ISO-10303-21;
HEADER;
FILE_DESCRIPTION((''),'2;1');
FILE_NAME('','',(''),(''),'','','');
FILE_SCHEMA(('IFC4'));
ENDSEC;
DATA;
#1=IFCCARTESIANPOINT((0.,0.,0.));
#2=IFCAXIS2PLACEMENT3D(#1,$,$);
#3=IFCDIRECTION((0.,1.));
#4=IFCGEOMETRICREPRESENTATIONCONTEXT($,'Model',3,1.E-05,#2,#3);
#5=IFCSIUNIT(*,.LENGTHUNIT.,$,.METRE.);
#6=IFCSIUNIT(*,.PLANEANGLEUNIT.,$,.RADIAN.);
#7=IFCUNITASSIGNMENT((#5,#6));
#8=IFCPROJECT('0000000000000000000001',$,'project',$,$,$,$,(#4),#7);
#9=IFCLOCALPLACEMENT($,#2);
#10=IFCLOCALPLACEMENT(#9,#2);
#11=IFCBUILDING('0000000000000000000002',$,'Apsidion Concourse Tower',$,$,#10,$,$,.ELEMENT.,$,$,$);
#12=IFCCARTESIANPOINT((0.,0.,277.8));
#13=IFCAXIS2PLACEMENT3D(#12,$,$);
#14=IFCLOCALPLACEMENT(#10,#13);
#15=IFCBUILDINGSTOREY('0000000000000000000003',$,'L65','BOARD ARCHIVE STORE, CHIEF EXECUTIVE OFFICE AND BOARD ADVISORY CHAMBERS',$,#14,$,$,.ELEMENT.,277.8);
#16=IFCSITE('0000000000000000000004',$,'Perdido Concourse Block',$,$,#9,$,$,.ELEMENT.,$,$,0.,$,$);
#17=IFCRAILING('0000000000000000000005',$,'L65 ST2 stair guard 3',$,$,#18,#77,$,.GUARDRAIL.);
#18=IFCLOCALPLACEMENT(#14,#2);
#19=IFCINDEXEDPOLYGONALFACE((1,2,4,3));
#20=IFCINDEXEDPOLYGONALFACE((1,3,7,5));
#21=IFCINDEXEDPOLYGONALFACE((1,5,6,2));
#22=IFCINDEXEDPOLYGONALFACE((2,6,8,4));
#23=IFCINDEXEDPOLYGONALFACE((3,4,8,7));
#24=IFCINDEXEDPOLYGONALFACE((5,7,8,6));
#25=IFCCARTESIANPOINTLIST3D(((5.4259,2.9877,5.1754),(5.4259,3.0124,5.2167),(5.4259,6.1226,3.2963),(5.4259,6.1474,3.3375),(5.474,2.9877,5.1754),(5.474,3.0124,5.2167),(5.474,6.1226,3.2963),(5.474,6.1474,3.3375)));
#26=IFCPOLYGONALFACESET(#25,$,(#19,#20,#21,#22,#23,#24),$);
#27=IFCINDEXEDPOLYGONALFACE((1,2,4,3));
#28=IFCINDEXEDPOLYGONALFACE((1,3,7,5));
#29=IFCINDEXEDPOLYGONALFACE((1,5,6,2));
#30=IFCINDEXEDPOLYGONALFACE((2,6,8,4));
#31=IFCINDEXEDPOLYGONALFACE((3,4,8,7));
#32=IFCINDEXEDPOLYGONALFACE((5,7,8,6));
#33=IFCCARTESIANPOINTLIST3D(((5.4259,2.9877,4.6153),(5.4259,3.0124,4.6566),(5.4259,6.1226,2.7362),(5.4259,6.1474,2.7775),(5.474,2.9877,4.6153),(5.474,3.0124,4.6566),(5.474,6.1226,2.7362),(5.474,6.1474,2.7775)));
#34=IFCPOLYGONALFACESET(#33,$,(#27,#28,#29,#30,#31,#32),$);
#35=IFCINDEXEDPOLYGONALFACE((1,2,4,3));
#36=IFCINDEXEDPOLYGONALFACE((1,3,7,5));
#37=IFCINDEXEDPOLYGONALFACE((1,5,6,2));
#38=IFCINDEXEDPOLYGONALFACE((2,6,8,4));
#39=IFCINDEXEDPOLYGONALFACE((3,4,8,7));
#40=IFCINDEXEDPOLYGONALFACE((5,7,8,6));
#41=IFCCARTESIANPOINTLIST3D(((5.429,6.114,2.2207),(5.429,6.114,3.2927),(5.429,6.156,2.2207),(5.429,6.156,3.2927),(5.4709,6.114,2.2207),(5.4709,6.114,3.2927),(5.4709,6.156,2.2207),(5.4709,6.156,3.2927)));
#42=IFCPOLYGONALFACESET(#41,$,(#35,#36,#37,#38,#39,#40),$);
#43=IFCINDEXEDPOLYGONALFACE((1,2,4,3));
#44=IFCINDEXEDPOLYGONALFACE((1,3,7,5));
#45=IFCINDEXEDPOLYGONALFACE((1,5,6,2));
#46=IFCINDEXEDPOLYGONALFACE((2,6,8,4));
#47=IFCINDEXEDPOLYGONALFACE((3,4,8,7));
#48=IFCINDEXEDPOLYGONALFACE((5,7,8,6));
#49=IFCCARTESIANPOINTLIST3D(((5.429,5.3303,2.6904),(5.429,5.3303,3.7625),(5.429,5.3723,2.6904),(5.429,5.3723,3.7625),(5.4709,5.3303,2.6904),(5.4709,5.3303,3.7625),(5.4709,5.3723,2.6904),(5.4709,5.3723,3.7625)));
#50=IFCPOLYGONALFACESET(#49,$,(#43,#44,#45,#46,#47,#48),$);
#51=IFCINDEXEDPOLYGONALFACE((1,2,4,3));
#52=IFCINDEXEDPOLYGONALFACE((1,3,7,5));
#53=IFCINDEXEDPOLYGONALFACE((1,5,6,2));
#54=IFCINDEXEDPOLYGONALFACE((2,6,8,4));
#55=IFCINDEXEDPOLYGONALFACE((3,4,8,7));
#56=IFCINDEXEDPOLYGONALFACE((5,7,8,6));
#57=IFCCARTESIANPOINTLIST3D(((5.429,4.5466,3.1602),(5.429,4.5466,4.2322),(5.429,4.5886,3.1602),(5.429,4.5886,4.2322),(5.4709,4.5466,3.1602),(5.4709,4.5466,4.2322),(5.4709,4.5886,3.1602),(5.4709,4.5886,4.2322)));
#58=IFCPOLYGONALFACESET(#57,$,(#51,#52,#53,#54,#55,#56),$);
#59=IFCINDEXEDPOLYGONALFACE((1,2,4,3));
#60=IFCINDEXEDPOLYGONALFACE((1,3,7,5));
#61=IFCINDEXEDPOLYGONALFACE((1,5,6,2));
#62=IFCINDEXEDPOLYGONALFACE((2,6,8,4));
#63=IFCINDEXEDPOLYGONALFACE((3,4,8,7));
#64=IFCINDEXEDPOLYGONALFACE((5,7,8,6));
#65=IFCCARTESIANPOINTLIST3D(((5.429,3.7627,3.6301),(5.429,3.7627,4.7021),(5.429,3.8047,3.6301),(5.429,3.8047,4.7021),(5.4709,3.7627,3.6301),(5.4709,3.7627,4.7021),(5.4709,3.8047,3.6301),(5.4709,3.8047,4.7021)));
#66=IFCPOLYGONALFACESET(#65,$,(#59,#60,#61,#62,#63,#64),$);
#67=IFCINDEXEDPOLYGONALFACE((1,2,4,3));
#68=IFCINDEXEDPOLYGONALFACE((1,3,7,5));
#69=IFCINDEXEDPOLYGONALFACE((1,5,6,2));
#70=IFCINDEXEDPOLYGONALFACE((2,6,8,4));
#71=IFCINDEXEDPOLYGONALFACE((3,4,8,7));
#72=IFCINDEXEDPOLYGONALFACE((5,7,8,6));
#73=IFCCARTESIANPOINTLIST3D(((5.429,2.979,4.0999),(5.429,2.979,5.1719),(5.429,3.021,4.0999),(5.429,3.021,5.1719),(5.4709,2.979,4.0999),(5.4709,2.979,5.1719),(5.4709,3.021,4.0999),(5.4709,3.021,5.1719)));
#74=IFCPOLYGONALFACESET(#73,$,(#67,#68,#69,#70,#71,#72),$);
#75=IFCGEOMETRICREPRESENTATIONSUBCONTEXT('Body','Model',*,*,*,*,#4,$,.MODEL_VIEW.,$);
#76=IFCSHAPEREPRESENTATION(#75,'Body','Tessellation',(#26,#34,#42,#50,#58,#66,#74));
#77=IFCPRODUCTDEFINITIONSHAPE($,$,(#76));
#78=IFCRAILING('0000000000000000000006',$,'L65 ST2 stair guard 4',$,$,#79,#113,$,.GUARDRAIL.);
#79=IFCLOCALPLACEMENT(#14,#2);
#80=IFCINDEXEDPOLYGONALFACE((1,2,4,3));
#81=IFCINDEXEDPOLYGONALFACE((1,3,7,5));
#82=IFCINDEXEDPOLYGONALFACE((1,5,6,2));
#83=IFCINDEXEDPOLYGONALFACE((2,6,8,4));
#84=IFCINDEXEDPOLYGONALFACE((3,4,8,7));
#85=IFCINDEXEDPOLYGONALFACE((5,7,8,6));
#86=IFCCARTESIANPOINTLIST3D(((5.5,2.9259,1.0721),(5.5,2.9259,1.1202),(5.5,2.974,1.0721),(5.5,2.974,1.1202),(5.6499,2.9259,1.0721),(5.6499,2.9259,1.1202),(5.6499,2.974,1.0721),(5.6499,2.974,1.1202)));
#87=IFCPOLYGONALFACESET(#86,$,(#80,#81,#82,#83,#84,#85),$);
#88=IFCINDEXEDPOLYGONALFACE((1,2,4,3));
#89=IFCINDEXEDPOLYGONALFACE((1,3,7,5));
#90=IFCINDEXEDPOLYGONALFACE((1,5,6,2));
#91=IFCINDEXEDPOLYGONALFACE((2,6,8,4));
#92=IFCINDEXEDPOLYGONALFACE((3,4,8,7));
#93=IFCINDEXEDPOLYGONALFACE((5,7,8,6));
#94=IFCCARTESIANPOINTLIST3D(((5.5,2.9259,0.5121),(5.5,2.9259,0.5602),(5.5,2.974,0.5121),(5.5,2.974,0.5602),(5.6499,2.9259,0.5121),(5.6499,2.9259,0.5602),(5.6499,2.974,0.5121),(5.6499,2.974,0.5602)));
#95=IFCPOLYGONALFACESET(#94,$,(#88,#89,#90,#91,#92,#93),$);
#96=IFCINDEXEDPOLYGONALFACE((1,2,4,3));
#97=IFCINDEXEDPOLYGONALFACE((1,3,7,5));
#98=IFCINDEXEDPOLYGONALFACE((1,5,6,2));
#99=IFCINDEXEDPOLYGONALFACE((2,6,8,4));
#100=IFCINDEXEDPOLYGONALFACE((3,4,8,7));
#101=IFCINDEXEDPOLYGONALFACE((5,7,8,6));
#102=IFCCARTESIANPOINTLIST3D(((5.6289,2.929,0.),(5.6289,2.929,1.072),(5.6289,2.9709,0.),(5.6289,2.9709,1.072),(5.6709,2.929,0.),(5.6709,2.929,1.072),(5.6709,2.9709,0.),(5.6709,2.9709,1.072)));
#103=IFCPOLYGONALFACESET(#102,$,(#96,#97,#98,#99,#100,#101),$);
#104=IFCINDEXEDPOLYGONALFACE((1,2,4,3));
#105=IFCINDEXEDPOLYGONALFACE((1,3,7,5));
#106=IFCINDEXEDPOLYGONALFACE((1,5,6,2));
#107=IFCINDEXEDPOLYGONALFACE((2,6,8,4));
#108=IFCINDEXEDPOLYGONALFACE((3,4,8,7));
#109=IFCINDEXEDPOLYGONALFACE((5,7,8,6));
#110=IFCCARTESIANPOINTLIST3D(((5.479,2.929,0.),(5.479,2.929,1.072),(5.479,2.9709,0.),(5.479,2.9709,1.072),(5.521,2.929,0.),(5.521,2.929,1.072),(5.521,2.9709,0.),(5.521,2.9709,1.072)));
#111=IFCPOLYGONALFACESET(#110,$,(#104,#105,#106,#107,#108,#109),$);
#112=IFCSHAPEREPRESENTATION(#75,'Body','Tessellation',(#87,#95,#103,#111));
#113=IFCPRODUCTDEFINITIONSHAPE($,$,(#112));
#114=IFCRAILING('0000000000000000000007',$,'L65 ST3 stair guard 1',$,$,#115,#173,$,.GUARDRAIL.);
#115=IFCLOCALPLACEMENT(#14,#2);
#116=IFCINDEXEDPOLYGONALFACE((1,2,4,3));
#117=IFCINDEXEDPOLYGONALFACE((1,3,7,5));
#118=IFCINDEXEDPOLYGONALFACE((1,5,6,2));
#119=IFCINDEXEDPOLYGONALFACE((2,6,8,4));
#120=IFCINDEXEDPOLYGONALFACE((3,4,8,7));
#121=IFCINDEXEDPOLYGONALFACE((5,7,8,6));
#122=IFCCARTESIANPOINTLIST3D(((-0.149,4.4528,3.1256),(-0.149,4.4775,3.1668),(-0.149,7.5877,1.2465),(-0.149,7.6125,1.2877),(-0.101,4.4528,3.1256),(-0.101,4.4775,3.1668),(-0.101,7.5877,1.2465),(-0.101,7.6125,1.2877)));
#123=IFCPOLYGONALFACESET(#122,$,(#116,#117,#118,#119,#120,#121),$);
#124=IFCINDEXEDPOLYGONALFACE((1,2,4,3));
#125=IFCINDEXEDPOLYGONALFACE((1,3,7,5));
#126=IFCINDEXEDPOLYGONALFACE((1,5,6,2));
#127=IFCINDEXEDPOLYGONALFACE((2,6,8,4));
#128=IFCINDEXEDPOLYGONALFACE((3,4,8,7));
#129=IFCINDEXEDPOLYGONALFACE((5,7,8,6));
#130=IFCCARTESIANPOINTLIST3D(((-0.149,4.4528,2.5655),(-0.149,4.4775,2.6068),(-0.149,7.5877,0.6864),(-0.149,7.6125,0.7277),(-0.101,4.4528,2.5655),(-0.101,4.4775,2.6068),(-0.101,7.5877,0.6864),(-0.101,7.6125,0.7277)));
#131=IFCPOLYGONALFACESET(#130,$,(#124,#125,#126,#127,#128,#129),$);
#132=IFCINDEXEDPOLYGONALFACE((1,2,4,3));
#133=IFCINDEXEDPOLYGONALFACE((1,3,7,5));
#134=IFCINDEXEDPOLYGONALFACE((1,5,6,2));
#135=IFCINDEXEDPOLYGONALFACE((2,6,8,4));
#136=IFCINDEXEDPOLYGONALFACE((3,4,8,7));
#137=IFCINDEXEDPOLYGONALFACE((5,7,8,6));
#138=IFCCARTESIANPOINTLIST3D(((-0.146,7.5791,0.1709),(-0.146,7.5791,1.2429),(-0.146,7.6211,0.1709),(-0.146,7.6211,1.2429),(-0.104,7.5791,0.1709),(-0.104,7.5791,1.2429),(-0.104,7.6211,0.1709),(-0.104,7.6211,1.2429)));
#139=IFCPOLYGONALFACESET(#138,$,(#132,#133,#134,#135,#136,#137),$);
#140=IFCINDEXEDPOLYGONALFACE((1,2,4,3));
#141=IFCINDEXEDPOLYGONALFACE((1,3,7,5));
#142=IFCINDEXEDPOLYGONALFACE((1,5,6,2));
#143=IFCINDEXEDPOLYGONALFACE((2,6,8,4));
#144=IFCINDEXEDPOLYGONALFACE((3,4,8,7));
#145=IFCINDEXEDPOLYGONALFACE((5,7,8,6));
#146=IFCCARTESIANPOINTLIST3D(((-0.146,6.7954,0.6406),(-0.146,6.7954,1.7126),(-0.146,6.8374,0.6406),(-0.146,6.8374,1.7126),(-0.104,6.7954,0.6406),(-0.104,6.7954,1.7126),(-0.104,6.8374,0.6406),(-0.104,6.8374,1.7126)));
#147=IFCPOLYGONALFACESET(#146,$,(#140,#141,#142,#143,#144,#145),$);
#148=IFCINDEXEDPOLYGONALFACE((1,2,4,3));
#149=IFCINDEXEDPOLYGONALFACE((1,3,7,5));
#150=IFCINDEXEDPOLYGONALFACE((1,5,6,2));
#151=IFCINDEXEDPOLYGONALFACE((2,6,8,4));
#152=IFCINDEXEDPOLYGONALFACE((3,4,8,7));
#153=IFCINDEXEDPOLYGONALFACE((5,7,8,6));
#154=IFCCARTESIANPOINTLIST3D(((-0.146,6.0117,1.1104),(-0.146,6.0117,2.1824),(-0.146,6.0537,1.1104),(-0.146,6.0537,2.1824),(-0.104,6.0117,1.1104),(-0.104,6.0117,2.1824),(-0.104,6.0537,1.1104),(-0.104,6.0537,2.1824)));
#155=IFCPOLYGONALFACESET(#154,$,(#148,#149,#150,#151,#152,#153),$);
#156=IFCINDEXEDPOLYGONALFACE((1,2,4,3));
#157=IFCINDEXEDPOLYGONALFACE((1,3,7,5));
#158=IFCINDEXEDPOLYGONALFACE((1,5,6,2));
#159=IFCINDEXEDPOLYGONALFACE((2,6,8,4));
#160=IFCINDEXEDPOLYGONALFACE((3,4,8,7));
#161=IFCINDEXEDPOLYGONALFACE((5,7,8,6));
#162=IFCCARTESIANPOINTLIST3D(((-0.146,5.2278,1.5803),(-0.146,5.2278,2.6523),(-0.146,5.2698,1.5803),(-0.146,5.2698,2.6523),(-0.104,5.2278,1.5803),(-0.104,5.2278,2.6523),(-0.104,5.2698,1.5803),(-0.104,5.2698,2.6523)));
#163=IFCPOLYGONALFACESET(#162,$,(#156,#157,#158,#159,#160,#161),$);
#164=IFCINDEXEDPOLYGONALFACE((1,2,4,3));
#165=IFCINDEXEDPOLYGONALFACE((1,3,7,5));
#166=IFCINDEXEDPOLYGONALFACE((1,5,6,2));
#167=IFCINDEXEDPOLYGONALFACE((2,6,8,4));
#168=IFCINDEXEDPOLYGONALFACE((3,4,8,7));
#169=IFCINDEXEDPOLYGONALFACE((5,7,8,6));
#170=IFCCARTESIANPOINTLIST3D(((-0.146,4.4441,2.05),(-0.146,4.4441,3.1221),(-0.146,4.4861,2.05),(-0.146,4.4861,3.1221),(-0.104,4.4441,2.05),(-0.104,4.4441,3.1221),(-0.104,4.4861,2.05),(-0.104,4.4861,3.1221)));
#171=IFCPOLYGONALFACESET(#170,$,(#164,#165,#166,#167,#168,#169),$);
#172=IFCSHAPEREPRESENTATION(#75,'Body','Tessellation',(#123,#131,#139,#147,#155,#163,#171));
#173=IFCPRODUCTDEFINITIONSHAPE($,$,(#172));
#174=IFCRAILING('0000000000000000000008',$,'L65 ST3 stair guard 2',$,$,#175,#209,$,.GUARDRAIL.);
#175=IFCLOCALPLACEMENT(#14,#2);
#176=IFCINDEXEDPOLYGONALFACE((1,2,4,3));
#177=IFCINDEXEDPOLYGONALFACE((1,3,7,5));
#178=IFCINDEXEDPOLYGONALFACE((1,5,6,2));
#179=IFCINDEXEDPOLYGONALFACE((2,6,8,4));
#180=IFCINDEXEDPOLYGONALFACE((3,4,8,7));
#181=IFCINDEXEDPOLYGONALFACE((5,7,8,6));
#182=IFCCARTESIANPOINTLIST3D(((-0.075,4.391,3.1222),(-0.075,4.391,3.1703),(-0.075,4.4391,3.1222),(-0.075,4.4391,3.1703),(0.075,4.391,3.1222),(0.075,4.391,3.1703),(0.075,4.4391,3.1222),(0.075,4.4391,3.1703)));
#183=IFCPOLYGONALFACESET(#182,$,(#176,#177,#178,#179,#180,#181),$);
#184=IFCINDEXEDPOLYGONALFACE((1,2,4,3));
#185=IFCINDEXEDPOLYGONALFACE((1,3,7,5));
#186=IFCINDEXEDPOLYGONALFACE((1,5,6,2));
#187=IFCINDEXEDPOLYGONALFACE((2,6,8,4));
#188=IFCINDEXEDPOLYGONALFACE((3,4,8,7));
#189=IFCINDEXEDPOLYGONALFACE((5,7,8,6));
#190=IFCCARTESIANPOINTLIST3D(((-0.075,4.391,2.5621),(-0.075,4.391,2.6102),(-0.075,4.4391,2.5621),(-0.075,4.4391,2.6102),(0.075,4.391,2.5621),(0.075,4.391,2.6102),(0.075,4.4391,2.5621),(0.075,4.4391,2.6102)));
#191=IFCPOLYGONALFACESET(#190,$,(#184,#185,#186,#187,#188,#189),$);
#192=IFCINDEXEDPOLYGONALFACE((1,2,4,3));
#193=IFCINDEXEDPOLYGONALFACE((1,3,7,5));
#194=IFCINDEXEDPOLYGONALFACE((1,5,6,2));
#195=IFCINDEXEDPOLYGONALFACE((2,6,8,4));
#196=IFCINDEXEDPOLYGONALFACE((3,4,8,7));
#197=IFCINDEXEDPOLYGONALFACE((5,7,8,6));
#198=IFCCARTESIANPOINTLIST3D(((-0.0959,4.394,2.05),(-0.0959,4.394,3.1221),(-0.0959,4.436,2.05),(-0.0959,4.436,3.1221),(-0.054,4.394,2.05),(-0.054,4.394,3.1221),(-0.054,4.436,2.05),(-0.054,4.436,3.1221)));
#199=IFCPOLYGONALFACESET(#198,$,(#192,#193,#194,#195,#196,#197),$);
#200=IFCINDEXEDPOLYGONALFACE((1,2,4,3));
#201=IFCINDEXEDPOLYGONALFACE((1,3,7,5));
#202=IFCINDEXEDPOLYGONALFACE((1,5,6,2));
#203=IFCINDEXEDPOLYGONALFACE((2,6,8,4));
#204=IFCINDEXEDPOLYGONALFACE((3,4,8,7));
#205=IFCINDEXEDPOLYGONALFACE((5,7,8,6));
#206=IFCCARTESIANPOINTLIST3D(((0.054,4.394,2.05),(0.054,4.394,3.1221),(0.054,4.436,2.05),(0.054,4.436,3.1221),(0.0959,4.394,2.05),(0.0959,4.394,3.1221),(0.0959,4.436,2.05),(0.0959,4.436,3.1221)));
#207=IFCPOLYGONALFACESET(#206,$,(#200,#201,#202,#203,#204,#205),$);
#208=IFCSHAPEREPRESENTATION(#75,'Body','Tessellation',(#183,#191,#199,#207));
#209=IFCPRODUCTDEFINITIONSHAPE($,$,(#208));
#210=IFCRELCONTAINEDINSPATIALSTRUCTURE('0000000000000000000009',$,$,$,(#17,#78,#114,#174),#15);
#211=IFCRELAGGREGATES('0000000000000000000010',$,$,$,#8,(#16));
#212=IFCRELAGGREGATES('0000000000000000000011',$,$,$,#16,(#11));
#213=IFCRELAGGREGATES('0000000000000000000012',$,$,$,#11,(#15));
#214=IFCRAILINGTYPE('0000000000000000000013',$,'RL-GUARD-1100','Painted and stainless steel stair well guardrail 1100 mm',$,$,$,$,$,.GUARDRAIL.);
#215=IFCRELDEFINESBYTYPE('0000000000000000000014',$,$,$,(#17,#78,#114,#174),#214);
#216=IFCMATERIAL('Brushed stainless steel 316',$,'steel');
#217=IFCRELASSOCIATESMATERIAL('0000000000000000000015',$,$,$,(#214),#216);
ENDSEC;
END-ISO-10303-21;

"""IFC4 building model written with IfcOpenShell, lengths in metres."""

from ifc_helpers import new_model, si_unit, direction, frame, origin, origin_2d, place, context, subcontext, project, spatial, rectangle, extrude, material, type_object, element, save


model = new_model("IFC4")

# Units and contexts
model_context = context("Model", 3, precision=1e-05, world=origin(), true_north=direction((0.0, 1.0)))
body_context = subcontext(model_context, "Body", "Model", "MODEL_VIEW")
ifc_project = project(units=[si_unit("LENGTHUNIT", "METRE"), si_unit("PLANEANGLEUNIT", "RADIAN")], contexts=[model_context])

# Site, building, storey
site_placement = place(None, origin())
site = spatial("IfcSite", under=ifc_project, at=site_placement, Name="Perdido Concourse Block", CompositionType="ELEMENT", RefElevation=0.0)
building_placement = place(site_placement, origin())
building = spatial("IfcBuilding", under=site, at=building_placement, Name="Apsidion Concourse Tower", CompositionType="ELEMENT")
storey_placement = place(building_placement, frame((0.0, 0.0, 277.8)))
storey = spatial("IfcBuildingStorey", under=building, at=storey_placement, Name="L65", Description="BOARD ARCHIVE STORE, CHIEF EXECUTIVE OFFICE AND BOARD ADVISORY CHAMBERS", CompositionType="ELEMENT", Elevation=277.8)

# Railings
ifc_material_1 = material(Name="Brushed stainless steel 316", Category="steel")
railing_type_1 = type_object("IfcRailingType", Name="RL-GUARD-1100", Description="Painted and stainless steel stair well guardrail 1100 mm", PredefinedType="GUARDRAIL", material=ifc_material_1)
railing_1_placement = place(storey_placement, frame((5.45, 6.135, 2.2207)))
element("IfcRailing", 1, at=railing_1_placement, inside=storey, type_object=railing_type_1, Name="L65 ST2 stair guard 3", PredefinedType="GUARDRAIL", context=body_context, shape_type="SweptSolid", body=[
    extrude(rectangle(XDim=0.0481, YDim=0.0481, at=origin_2d()), frame((0.0, 0.0, 1.0962), z_axis=(0.0, -0.857717, 0.514122), x_axis=(1.0, 0.0, 0.0)), (0.0, 0.0, 1.0), 3.655),
    extrude(rectangle(XDim=0.0481, YDim=0.0481, at=origin_2d()), frame((0.0, 0.0, 0.5361), z_axis=(0.0, -0.857717, 0.514122), x_axis=(1.0, 0.0, 0.0)), (0.0, 0.0, 1.0), 3.655),
    extrude(rectangle(XDim=0.042, YDim=0.042, at=origin_2d()), origin(), (0.0, 0.0, 1.0), 1.072),
    extrude(rectangle(XDim=0.042, YDim=0.042, at=origin_2d()), frame((0.0, -0.7837, 0.4697)), (0.0, 0.0, 1.0), 1.072),
    extrude(rectangle(XDim=0.042, YDim=0.042, at=origin_2d()), frame((0.0, -1.5674, 0.9395)), (0.0, 0.0, 1.0), 1.072),
    extrude(rectangle(XDim=0.042, YDim=0.042, at=origin_2d()), frame((0.0, -2.3513, 1.4094)), (0.0, 0.0, 1.0), 1.072),
    extrude(rectangle(XDim=0.042, YDim=0.042, at=origin_2d()), frame((0.0, -3.135, 1.8792)), (0.0, 0.0, 1.0), 1.072),
])
railing_2_placement = place(storey_placement, frame((5.6499, 2.95, 0.0)))
element("IfcRailing", 2, at=railing_2_placement, inside=storey, type_object=railing_type_1, Name="L65 ST2 stair guard 4", PredefinedType="GUARDRAIL", context=body_context, shape_type="SweptSolid", body=[
    extrude(rectangle(XDim=0.0481, YDim=0.0481, at=origin_2d()), frame((0.0, 0.0, 1.0962), z_axis=(-1.0, 0.0, 0.0), x_axis=(0.0, -1.0, 0.0)), (0.0, 0.0, 1.0), 0.1499),
    extrude(rectangle(XDim=0.0481, YDim=0.0481, at=origin_2d()), frame((0.0, 0.0, 0.5361), z_axis=(-1.0, 0.0, 0.0), x_axis=(0.0, -1.0, 0.0)), (0.0, 0.0, 1.0), 0.1499),
    extrude(rectangle(XDim=0.042, YDim=0.042, at=origin_2d()), origin(), (0.0, 0.0, 1.0), 1.072),
    extrude(rectangle(XDim=0.042, YDim=0.042, at=origin_2d()), frame((-0.1499, 0.0, 0.0)), (0.0, 0.0, 1.0), 1.072),
])
railing_3_placement = place(storey_placement, frame((-0.125, 7.6001, 0.1709)))
element("IfcRailing", 3, at=railing_3_placement, inside=storey, type_object=railing_type_1, Name="L65 ST3 stair guard 1", PredefinedType="GUARDRAIL", context=body_context, shape_type="SweptSolid", body=[
    extrude(rectangle(XDim=0.0481, YDim=0.0481, at=origin_2d()), frame((0.0, 0.0, 1.0962), z_axis=(0.0, -0.857717, 0.514122), x_axis=(1.0, 0.0, 0.0)), (0.0, 0.0, 1.0), 3.655),
    extrude(rectangle(XDim=0.0481, YDim=0.0481, at=origin_2d()), frame((0.0, 0.0, 0.5361), z_axis=(0.0, -0.857717, 0.514122), x_axis=(1.0, 0.0, 0.0)), (0.0, 0.0, 1.0), 3.655),
    extrude(rectangle(XDim=0.042, YDim=0.042, at=origin_2d()), origin(), (0.0, 0.0, 1.0), 1.072),
    extrude(rectangle(XDim=0.042, YDim=0.042, at=origin_2d()), frame((0.0, -0.7837, 0.4697)), (0.0, 0.0, 1.0), 1.072),
    extrude(rectangle(XDim=0.042, YDim=0.042, at=origin_2d()), frame((0.0, -1.5674, 0.9395)), (0.0, 0.0, 1.0), 1.072),
    extrude(rectangle(XDim=0.042, YDim=0.042, at=origin_2d()), frame((0.0, -2.3513, 1.4094)), (0.0, 0.0, 1.0), 1.072),
    extrude(rectangle(XDim=0.042, YDim=0.042, at=origin_2d()), frame((0.0, -3.135, 1.8792)), (0.0, 0.0, 1.0), 1.072),
])
railing_4_placement = place(storey_placement, frame((-0.075, 4.415, 2.05)))
element("IfcRailing", 4, at=railing_4_placement, inside=storey, type_object=railing_type_1, Name="L65 ST3 stair guard 2", PredefinedType="GUARDRAIL", context=body_context, shape_type="SweptSolid", body=[
    extrude(rectangle(XDim=0.0481, YDim=0.0481, at=origin_2d()), frame((0.0, 0.0, 1.0962), z_axis=(1.0, 0.0, 0.0), x_axis=(0.0, 1.0, 0.0)), (0.0, 0.0, 1.0), 0.1499),
    extrude(rectangle(XDim=0.0481, YDim=0.0481, at=origin_2d()), frame((0.0, 0.0, 0.5361), z_axis=(1.0, 0.0, 0.0), x_axis=(0.0, 1.0, 0.0)), (0.0, 0.0, 1.0), 0.1499),
    extrude(rectangle(XDim=0.042, YDim=0.042, at=origin_2d()), origin(), (0.0, 0.0, 1.0), 1.072),
    extrude(rectangle(XDim=0.042, YDim=0.042, at=origin_2d()), frame((0.1499, 0.0, 0.0)), (0.0, 0.0, 1.0), 1.072),
])

save(model, "model.ifc")
